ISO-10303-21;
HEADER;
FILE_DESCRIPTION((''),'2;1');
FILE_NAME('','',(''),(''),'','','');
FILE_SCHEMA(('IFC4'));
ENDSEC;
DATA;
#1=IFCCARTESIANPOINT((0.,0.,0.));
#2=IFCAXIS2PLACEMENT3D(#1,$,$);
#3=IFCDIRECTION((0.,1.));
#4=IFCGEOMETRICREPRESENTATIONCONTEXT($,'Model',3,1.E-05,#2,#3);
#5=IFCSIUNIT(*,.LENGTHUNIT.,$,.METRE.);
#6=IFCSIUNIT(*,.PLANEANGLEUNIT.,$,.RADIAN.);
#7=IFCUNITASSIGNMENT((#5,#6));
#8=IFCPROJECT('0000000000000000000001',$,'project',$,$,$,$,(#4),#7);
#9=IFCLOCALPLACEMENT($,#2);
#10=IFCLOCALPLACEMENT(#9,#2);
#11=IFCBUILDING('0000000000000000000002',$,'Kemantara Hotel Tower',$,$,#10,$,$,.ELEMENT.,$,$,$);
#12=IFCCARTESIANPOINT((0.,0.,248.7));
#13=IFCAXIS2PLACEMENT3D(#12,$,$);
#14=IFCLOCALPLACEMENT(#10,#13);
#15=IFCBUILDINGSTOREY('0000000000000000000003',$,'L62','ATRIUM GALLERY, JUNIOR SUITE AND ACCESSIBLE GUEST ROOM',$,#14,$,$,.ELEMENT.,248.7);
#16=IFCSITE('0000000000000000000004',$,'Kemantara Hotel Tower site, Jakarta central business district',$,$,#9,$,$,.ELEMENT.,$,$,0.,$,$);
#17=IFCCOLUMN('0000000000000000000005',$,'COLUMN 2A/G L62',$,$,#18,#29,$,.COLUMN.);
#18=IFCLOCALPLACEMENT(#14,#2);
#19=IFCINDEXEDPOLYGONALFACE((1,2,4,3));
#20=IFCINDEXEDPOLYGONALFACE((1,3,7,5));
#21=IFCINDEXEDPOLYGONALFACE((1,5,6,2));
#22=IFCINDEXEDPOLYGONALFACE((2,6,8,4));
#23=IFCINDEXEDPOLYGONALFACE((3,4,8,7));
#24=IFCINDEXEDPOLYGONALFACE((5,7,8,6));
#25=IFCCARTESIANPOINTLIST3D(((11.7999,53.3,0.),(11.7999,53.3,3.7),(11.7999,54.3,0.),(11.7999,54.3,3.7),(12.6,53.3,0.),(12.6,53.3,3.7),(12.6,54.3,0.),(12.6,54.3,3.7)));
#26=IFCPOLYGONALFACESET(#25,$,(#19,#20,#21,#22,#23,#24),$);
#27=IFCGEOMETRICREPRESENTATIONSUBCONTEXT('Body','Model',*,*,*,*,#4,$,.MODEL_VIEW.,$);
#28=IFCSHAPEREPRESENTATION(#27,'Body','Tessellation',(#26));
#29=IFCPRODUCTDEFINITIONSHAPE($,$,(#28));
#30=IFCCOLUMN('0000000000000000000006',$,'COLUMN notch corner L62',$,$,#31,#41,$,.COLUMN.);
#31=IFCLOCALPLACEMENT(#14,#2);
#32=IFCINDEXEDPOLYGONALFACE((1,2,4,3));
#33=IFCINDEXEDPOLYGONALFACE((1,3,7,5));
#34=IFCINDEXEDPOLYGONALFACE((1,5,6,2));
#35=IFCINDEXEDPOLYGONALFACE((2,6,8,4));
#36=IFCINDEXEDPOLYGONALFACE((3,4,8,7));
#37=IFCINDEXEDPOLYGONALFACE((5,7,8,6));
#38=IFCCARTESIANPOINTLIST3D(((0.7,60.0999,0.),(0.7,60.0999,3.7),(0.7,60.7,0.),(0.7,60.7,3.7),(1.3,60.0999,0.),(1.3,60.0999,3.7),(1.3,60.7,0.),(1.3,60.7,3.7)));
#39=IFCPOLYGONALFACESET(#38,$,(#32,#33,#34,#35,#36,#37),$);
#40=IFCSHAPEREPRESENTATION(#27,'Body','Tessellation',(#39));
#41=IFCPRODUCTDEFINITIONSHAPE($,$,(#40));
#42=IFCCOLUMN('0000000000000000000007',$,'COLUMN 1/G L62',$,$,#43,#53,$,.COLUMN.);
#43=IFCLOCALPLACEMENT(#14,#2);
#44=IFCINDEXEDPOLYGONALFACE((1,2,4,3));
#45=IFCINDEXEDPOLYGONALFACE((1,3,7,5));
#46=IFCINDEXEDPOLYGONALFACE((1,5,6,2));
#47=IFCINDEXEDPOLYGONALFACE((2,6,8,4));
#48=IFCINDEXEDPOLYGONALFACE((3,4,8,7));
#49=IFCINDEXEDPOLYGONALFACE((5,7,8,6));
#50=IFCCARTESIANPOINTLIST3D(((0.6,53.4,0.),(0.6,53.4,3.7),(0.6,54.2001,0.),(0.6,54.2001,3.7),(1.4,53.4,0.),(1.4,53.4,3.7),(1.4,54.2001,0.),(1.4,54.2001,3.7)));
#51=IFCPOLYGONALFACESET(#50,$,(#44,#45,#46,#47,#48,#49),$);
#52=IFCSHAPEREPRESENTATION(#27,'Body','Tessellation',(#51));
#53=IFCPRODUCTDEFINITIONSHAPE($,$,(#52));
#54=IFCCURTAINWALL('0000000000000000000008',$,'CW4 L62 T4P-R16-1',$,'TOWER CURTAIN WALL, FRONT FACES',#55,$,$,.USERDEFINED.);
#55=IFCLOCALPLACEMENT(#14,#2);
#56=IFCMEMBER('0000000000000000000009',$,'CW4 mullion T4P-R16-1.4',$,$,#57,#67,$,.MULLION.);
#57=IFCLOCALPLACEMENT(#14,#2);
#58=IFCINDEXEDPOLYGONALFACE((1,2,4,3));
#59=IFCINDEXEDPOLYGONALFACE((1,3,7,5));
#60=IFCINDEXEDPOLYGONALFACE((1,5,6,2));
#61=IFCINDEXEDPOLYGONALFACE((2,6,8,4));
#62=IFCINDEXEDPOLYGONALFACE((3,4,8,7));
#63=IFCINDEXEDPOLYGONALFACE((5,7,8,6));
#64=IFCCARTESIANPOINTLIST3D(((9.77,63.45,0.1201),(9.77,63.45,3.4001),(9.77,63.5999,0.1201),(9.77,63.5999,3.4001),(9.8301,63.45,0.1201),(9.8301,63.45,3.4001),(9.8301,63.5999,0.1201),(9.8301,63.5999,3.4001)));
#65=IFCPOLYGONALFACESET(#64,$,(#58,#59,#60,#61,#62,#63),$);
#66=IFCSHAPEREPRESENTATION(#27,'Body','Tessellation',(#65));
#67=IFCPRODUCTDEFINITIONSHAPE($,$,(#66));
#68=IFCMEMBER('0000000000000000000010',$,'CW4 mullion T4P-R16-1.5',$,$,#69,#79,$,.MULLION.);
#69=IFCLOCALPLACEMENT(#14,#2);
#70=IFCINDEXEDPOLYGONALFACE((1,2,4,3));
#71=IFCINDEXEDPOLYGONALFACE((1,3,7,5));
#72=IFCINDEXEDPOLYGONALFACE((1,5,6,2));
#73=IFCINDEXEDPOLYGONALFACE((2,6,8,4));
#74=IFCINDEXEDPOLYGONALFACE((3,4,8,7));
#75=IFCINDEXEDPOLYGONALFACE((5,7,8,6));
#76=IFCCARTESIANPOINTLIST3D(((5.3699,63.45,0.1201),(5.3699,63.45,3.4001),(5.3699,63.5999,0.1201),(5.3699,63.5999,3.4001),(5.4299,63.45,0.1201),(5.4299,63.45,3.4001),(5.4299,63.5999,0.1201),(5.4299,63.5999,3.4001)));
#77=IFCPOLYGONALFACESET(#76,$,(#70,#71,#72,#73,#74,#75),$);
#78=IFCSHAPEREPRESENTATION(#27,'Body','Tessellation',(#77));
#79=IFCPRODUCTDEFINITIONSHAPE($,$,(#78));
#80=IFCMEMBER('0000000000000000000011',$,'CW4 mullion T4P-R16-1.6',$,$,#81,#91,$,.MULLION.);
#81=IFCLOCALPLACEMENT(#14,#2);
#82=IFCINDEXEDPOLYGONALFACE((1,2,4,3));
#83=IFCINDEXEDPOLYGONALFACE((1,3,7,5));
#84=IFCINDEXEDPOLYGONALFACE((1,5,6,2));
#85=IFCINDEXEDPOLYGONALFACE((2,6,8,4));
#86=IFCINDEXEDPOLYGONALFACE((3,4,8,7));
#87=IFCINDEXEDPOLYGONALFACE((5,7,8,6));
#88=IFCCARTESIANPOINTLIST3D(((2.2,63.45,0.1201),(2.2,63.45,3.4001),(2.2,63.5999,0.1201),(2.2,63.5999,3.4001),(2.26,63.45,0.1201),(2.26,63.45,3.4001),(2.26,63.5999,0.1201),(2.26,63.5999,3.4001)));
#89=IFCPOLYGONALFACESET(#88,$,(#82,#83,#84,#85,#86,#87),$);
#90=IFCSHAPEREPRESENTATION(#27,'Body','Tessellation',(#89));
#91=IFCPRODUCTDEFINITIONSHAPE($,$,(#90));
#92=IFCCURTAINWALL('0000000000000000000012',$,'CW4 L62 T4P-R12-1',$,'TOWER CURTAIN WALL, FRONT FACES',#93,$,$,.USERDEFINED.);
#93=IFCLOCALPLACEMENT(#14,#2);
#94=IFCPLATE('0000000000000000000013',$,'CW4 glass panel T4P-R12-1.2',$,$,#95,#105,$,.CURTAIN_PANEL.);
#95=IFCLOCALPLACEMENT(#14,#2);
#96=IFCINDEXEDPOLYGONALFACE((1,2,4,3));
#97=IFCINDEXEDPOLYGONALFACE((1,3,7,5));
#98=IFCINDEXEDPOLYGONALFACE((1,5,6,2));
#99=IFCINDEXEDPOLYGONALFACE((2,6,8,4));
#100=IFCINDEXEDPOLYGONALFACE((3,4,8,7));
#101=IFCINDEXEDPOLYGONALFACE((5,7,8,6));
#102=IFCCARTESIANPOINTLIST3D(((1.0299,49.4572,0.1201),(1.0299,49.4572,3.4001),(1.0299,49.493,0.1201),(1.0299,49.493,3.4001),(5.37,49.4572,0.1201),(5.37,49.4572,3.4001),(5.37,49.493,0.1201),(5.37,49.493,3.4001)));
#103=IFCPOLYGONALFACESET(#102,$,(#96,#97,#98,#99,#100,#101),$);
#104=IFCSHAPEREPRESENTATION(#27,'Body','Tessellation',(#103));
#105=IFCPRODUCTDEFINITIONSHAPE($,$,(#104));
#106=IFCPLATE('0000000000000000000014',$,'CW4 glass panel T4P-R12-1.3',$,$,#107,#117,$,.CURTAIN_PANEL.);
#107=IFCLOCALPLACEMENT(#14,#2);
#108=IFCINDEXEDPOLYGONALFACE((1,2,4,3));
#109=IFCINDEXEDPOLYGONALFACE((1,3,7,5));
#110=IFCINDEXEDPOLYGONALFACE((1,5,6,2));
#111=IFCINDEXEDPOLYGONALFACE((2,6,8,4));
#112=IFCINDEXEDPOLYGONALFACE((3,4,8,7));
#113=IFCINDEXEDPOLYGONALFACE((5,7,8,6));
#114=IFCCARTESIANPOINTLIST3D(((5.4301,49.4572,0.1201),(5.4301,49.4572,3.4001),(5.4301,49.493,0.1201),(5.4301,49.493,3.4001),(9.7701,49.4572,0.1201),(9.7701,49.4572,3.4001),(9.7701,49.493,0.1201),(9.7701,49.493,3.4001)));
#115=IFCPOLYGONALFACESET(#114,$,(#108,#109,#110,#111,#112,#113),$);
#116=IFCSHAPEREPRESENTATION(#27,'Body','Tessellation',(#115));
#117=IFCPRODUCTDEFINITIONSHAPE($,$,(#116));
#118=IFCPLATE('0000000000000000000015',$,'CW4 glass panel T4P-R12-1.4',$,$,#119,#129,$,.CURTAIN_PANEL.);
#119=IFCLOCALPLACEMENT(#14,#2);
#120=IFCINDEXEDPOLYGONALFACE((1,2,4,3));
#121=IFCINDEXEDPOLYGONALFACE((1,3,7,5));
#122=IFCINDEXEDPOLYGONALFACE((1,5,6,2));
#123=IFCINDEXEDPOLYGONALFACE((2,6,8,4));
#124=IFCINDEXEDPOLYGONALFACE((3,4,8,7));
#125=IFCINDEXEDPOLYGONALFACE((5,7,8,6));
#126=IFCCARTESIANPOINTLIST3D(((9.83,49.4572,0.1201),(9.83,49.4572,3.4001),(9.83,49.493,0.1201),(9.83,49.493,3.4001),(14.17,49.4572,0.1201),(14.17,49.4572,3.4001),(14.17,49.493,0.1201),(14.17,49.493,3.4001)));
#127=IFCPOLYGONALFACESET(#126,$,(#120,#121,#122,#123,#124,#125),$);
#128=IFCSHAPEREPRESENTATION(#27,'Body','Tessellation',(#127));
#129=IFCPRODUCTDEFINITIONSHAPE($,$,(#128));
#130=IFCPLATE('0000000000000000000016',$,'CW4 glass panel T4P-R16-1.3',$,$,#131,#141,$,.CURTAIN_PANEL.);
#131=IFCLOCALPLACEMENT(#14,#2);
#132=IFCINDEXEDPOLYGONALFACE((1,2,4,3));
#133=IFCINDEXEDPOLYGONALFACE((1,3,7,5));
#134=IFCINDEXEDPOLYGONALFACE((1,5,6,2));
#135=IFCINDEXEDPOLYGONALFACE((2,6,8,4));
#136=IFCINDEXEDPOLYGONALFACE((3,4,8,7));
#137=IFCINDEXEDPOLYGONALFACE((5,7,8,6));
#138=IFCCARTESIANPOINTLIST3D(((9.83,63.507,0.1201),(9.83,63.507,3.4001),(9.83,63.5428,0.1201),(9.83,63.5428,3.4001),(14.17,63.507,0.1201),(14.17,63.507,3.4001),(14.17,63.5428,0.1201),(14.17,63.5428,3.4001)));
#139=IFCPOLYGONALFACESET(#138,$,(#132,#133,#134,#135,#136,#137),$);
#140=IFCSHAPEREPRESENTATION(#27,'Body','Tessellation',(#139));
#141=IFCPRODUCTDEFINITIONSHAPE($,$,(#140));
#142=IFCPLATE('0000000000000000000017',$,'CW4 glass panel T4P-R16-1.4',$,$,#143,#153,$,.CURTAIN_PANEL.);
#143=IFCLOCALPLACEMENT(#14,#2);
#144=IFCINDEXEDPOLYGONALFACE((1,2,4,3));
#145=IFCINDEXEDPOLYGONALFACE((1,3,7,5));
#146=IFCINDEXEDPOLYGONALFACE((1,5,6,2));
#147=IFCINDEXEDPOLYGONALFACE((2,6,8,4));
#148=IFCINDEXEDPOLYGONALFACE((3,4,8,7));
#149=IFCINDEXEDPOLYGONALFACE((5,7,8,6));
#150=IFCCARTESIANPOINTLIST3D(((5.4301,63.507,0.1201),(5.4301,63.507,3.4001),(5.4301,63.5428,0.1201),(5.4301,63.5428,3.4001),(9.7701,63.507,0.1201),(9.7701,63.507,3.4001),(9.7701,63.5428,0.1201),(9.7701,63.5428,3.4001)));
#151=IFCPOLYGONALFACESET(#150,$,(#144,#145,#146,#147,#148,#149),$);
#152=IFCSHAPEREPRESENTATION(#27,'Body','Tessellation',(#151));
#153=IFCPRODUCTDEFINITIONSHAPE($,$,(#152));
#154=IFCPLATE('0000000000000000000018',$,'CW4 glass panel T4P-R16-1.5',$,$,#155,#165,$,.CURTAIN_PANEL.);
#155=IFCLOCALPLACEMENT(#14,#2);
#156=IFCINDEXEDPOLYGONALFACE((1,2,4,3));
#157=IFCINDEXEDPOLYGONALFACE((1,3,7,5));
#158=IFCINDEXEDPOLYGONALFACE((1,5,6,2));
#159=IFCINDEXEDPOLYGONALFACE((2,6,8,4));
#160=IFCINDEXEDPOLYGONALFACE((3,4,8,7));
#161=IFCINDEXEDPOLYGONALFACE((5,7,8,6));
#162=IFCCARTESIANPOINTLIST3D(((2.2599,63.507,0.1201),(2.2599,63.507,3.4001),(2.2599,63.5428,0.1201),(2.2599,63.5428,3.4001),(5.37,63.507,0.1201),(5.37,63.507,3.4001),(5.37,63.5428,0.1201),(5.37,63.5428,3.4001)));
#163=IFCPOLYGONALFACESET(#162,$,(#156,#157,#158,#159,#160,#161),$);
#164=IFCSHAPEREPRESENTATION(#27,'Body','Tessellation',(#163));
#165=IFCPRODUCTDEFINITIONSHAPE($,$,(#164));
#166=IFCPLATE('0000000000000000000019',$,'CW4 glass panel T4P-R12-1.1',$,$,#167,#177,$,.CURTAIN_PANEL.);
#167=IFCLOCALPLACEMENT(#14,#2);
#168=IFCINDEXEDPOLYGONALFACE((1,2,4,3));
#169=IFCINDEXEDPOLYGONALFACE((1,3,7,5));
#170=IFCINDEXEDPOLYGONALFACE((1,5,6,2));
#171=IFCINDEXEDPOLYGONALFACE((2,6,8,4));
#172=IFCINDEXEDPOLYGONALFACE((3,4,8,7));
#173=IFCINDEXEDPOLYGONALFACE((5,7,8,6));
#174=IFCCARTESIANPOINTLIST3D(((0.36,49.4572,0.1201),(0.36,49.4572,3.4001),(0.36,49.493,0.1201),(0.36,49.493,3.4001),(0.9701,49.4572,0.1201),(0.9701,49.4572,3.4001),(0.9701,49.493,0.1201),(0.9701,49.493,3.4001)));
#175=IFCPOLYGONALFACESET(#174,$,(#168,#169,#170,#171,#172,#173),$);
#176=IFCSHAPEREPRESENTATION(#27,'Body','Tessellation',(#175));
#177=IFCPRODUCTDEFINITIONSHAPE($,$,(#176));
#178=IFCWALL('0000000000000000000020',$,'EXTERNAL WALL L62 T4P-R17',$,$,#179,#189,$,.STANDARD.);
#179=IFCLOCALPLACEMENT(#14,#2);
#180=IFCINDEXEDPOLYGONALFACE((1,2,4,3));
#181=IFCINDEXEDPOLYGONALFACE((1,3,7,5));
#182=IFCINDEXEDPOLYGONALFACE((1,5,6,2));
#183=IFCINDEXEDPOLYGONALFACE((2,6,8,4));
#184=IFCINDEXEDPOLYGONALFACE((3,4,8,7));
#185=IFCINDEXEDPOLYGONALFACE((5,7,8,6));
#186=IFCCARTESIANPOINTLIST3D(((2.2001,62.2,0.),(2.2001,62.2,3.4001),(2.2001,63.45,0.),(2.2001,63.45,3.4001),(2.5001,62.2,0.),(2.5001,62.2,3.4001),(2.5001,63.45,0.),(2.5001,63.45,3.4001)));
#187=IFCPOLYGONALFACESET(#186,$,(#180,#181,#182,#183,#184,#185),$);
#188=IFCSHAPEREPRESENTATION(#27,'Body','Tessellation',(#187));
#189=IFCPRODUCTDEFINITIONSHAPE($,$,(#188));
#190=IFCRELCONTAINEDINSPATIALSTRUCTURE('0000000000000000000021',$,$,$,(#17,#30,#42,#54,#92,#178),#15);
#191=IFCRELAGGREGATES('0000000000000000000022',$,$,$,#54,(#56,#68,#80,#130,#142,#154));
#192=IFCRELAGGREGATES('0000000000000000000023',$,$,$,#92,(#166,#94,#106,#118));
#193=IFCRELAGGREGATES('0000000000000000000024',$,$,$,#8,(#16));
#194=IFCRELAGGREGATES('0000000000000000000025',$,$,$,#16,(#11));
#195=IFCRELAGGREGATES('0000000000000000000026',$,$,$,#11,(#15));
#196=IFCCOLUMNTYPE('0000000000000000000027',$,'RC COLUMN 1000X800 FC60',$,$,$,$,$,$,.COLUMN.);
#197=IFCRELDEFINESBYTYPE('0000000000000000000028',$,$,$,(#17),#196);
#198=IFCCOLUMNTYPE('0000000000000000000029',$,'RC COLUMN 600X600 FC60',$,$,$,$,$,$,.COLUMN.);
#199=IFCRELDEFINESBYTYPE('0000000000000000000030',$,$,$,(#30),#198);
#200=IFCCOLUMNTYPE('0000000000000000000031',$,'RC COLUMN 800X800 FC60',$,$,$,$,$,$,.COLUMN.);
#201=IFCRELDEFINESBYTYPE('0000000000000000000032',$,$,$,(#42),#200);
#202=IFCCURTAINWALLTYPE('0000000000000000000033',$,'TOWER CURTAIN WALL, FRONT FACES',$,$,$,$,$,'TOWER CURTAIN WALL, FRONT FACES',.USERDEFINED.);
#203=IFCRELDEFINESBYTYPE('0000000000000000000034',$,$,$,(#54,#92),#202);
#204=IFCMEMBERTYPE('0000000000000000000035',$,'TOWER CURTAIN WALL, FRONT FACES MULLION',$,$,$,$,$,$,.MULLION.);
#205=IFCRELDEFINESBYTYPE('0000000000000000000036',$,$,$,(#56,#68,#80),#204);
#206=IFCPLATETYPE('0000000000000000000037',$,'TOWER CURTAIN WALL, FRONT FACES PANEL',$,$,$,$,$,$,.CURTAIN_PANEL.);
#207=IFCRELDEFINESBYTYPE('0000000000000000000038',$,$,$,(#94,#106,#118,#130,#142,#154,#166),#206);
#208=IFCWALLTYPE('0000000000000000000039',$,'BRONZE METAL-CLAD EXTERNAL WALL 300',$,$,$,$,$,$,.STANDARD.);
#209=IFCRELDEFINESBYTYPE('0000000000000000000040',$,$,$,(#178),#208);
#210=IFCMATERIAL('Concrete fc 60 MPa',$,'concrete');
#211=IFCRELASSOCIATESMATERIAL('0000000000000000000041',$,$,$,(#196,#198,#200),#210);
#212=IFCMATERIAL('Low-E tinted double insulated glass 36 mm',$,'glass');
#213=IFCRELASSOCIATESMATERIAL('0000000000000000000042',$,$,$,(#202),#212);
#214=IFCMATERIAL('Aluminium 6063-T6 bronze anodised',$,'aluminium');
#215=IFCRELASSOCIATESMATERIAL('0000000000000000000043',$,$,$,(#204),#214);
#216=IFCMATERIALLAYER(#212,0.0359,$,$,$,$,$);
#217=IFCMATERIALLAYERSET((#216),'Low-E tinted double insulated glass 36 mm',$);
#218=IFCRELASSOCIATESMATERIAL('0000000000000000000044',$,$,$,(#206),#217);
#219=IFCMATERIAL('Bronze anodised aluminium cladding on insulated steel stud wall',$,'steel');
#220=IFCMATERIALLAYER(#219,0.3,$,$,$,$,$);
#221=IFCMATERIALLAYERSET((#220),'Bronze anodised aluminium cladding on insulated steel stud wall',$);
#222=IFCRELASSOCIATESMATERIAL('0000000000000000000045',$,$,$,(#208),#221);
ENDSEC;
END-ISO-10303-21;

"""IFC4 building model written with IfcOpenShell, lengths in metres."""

from ifc_helpers import new_model, si_unit, direction, frame, frame_2d, origin, origin_2d, place, context, subcontext, project, spatial, rectangle, extrude, source, transform, mapped, material, layer, layer_set, material_profile, profile_set, type_object, element, aggregate, save


model = new_model("IFC4")

# Units and contexts
model_context = context("Model", 3, precision=1e-05, world=origin(), true_north=direction((0.0, 1.0)))
body_context = subcontext(model_context, "Body", "Model", "MODEL_VIEW")
ifc_project = project(units=[si_unit("LENGTHUNIT", "METRE"), si_unit("PLANEANGLEUNIT", "RADIAN")], contexts=[model_context])

# Site, building, storey
site_placement = place(None, origin())
site = spatial("IfcSite", under=ifc_project, at=site_placement, Name="Kemantara Hotel Tower site, Jakarta central business district", CompositionType="ELEMENT", RefElevation=0.0)
building_placement = place(site_placement, origin())
building = spatial("IfcBuilding", under=site, at=building_placement, Name="Kemantara Hotel Tower", CompositionType="ELEMENT")
storey_placement = place(building_placement, frame((0.0, 0.0, 248.7)))
storey = spatial("IfcBuildingStorey", under=building, at=storey_placement, Name="L62", Description="ATRIUM GALLERY, JUNIOR SUITE AND ACCESSIBLE GUEST ROOM", CompositionType="ELEMENT", Elevation=248.7)

# Columns
ifc_material_1 = material(Name="Concrete fc 60 MPa", Category="concrete")
ifc_material_profile_1 = material_profile(ifc_material_1, rectangle(XDim=1.0, YDim=0.8, at=origin_2d()), Name="RC 1000X800")
ifc_profile_set_1 = profile_set([ifc_material_profile_1], Name="Concrete fc 60 MPa")
column_type_1 = type_object("IfcColumnType", Name="RC COLUMN 1000X800 FC60", PredefinedType="COLUMN", material=ifc_profile_set_1)
column_1_placement = place(storey_placement, frame((12.2, 53.8, 0.0), z_axis=(0.0, 0.0, 1.0), x_axis=(0.0, 1.0, 0.0)))
element("IfcColumn", 1, at=column_1_placement, inside=storey, type_object=column_type_1, Name="COLUMN 2A/G L62", PredefinedType="COLUMN", context=body_context, shape_type="SweptSolid", body=[
    extrude(rectangle(XDim=1.0, YDim=0.8, at=origin_2d()), origin(), (0.0, 0.0, 1.0), 3.7),
])
ifc_material_profile_2 = material_profile(ifc_material_1, rectangle(XDim=0.6001, YDim=0.6001, at=origin_2d()), Name="RC 600X600")
ifc_profile_set_2 = profile_set([ifc_material_profile_2], Name="Concrete fc 60 MPa")
column_type_2 = type_object("IfcColumnType", Name="RC COLUMN 600X600 FC60", PredefinedType="COLUMN", material=ifc_profile_set_2)
column_2_placement = place(storey_placement, frame((1.0, 60.3999, 0.0), z_axis=(0.0, 0.0, 1.0), x_axis=(1.0, 0.0, 0.0)))
element("IfcColumn", 2, at=column_2_placement, inside=storey, type_object=column_type_2, Name="COLUMN notch corner L62", PredefinedType="COLUMN", context=body_context, shape_type="SweptSolid", body=[
    extrude(rectangle(XDim=0.6001, YDim=0.6001, at=origin_2d()), origin(), (0.0, 0.0, 1.0), 3.7),
])
ifc_material_profile_3 = material_profile(ifc_material_1, rectangle(XDim=0.8, YDim=0.8, at=origin_2d()), Name="RC 800X800")
ifc_profile_set_3 = profile_set([ifc_material_profile_3], Name="Concrete fc 60 MPa")
column_type_3 = type_object("IfcColumnType", Name="RC COLUMN 800X800 FC60", PredefinedType="COLUMN", material=ifc_profile_set_3)
column_3_placement = place(storey_placement, frame((1.0, 53.8, 0.0), z_axis=(0.0, 0.0, 1.0), x_axis=(1.0, 0.0, 0.0)))
element("IfcColumn", 3, at=column_3_placement, inside=storey, type_object=column_type_3, Name="COLUMN 1/G L62", PredefinedType="COLUMN", context=body_context, shape_type="SweptSolid", body=[
    extrude(rectangle(XDim=0.8, YDim=0.8, at=origin_2d()), origin(), (0.0, 0.0, 1.0), 3.7),
])

# Curtain wall, members
ifc_material_2 = material(Name="Low-E tinted double insulated glass 36 mm", Category="glass")
curtain_wall_type = type_object("IfcCurtainWallType", Name="TOWER CURTAIN WALL, FRONT FACES", ElementType="TOWER CURTAIN WALL, FRONT FACES", PredefinedType="USERDEFINED", material=ifc_material_2)
curtain_wall_1_placement = place(storey_placement, origin())
curtain_wall_1 = element("IfcCurtainWall", 4, at=curtain_wall_1_placement, inside=storey, type_object=curtain_wall_type, Name="CW4 L62 T4P-R16-1", ObjectType="TOWER CURTAIN WALL, FRONT FACES", PredefinedType="USERDEFINED")
ifc_material_3 = material(Name="Aluminium 6063-T6 bronze anodised", Category="aluminium")
ifc_material_profile_4 = material_profile(ifc_material_3, rectangle(XDim=0.1499, YDim=0.0601, at=origin_2d()), Name="TOWER CURTAIN WALL, FRONT FACES MULLION")
ifc_profile_set_4 = profile_set([ifc_material_profile_4], Name="Aluminium 6063-T6 bronze anodised")
member_type = type_object("IfcMemberType", Name="TOWER CURTAIN WALL, FRONT FACES MULLION", PredefinedType="MULLION", material=ifc_profile_set_4)
shared_shape_1 = source(origin(), body_context, "Body", "SweptSolid", [
    extrude(rectangle(XDim=0.1499, YDim=0.0601, at=origin_2d()), origin(), (0.0, 0.0, 1.0), 3.28),
])
member_1_placement = place(storey_placement, frame((9.8, 63.5249, 0.1201), z_axis=(0.0, 0.0, 1.0), x_axis=(0.0, -1.0, 0.0)))
member_1 = element("IfcMember", 5, at=member_1_placement, type_object=member_type, Name="CW4 mullion T4P-R16-1.4", PredefinedType="MULLION", context=body_context, shape_type="MappedRepresentation", body=[
    mapped(shared_shape_1, transform((0.0, 0.0, 0.0))),
])
member_2_placement = place(storey_placement, frame((5.3999, 63.5249, 0.1201), z_axis=(0.0, 0.0, 1.0), x_axis=(0.0, -1.0, 0.0)))
member_2 = element("IfcMember", 6, at=member_2_placement, type_object=member_type, Name="CW4 mullion T4P-R16-1.5", PredefinedType="MULLION", context=body_context, shape_type="MappedRepresentation", body=[
    mapped(shared_shape_1, transform((0.0, 0.0, 0.0))),
])
member_3_placement = place(storey_placement, frame((2.23, 63.5249, 0.1201), z_axis=(0.0, 0.0, 1.0), x_axis=(0.0, -1.0, 0.0)))
member_3 = element("IfcMember", 7, at=member_3_placement, type_object=member_type, Name="CW4 mullion T4P-R16-1.6", PredefinedType="MULLION", context=body_context, shape_type="MappedRepresentation", body=[
    mapped(shared_shape_1, transform((0.0, 0.0, 0.0))),
])

# Curtain wall, plates
curtain_wall_2_placement = place(storey_placement, origin())
curtain_wall_2 = element("IfcCurtainWall", 8, at=curtain_wall_2_placement, inside=storey, type_object=curtain_wall_type, Name="CW4 L62 T4P-R12-1", ObjectType="TOWER CURTAIN WALL, FRONT FACES", PredefinedType="USERDEFINED")
ifc_layer_1 = layer(ifc_material_2, 0.0359)
ifc_layer_set_1 = layer_set([ifc_layer_1], Name="Low-E tinted double insulated glass 36 mm")
plate_type = type_object("IfcPlateType", Name="TOWER CURTAIN WALL, FRONT FACES PANEL", PredefinedType="CURTAIN_PANEL", material=ifc_layer_set_1)
shared_shape_2 = source(origin(), body_context, "Body", "SweptSolid", [
    extrude(rectangle(XDim=4.3401, YDim=0.0359, at=origin_2d()), origin(), (0.0, 0.0, 1.0), 3.28),
])
plate_1_placement = place(storey_placement, frame((3.2, 49.4751, 0.1201), z_axis=(0.0, 0.0, 1.0), x_axis=(1.0, 0.0, 0.0)))
plate_1 = element("IfcPlate", 9, at=plate_1_placement, type_object=plate_type, Name="CW4 glass panel T4P-R12-1.2", PredefinedType="CURTAIN_PANEL", context=body_context, shape_type="MappedRepresentation", body=[
    mapped(shared_shape_2, transform((0.0, 0.0, 0.0))),
])
plate_2_placement = place(storey_placement, frame((7.6001, 49.4751, 0.1201), z_axis=(0.0, 0.0, 1.0), x_axis=(1.0, 0.0, 0.0)))
plate_2 = element("IfcPlate", 10, at=plate_2_placement, type_object=plate_type, Name="CW4 glass panel T4P-R12-1.3", PredefinedType="CURTAIN_PANEL", context=body_context, shape_type="MappedRepresentation", body=[
    mapped(shared_shape_2, transform((0.0, 0.0, 0.0))),
])
plate_3_placement = place(storey_placement, frame((12.0, 49.4751, 0.1201), z_axis=(0.0, 0.0, 1.0), x_axis=(1.0, 0.0, 0.0)))
plate_3 = element("IfcPlate", 11, at=plate_3_placement, type_object=plate_type, Name="CW4 glass panel T4P-R12-1.4", PredefinedType="CURTAIN_PANEL", context=body_context, shape_type="MappedRepresentation", body=[
    mapped(shared_shape_2, transform((0.0, 0.0, 0.0))),
])

# Plates
plate_4_placement = place(storey_placement, frame((12.0, 63.5249, 0.1201), z_axis=(0.0, 0.0, 1.0), x_axis=(-1.0, 0.0, 0.0)))
plate_4 = element("IfcPlate", 12, at=plate_4_placement, type_object=plate_type, Name="CW4 glass panel T4P-R16-1.3", PredefinedType="CURTAIN_PANEL", context=body_context, shape_type="MappedRepresentation", body=[
    mapped(shared_shape_2, transform((0.0, 0.0, 0.0))),
])
plate_5_placement = place(storey_placement, frame((7.6001, 63.5249, 0.1201), z_axis=(0.0, 0.0, 1.0), x_axis=(-1.0, 0.0, 0.0)))
plate_5 = element("IfcPlate", 13, at=plate_5_placement, type_object=plate_type, Name="CW4 glass panel T4P-R16-1.4", PredefinedType="CURTAIN_PANEL", context=body_context, shape_type="MappedRepresentation", body=[
    mapped(shared_shape_2, transform((0.0, 0.0, 0.0))),
])
shared_shape_3 = source(origin(), body_context, "Body", "SweptSolid", [
    extrude(rectangle(XDim=3.1101, YDim=0.0359, at=origin_2d()), origin(), (0.0, 0.0, 1.0), 3.28),
])
plate_6_placement = place(storey_placement, frame((3.8149, 63.5249, 0.1201), z_axis=(0.0, 0.0, 1.0), x_axis=(-1.0, 0.0, 0.0)))
plate_6 = element("IfcPlate", 14, at=plate_6_placement, type_object=plate_type, Name="CW4 glass panel T4P-R16-1.5", PredefinedType="CURTAIN_PANEL", context=body_context, shape_type="MappedRepresentation", body=[
    mapped(shared_shape_3, transform((0.0, 0.0, 0.0))),
])
aggregate(curtain_wall_1, [member_1, member_2, member_3, plate_4, plate_5, plate_6])
shared_shape_4 = source(origin(), body_context, "Body", "SweptSolid", [
    extrude(rectangle(XDim=0.6101, YDim=0.0359, at=origin_2d()), origin(), (0.0, 0.0, 1.0), 3.28),
])
plate_7_placement = place(storey_placement, frame((0.665, 49.4751, 0.1201), z_axis=(0.0, 0.0, 1.0), x_axis=(1.0, 0.0, 0.0)))
plate_7 = element("IfcPlate", 15, at=plate_7_placement, type_object=plate_type, Name="CW4 glass panel T4P-R12-1.1", PredefinedType="CURTAIN_PANEL", context=body_context, shape_type="MappedRepresentation", body=[
    mapped(shared_shape_4, transform((0.0, 0.0, 0.0))),
])
aggregate(curtain_wall_2, [plate_7, plate_1, plate_2, plate_3])

# Wall
ifc_material_4 = material(Name="Bronze anodised aluminium cladding on insulated steel stud wall", Category="steel")
ifc_layer_2 = layer(ifc_material_4, 0.3)
ifc_layer_set_2 = layer_set([ifc_layer_2], Name="Bronze anodised aluminium cladding on insulated steel stud wall")
wall_type_1 = type_object("IfcWallType", Name="BRONZE METAL-CLAD EXTERNAL WALL 300", PredefinedType="STANDARD", material=ifc_layer_set_2)
wall_1_placement = place(storey_placement, frame((2.3501, 63.45, 0.0), z_axis=(0.0, 0.0, 1.0), x_axis=(0.0, -1.0, 0.0)))
element("IfcWall", 16, at=wall_1_placement, inside=storey, type_object=wall_type_1, Name="EXTERNAL WALL L62 T4P-R17", PredefinedType="STANDARD", context=body_context, shape_type="SweptSolid", body=[
    extrude(rectangle(XDim=1.25, YDim=0.3, at=frame_2d((0.625, 0.0))), origin(), (0.0, 0.0, 1.0), 3.4001),
])

save(model, "model.ifc")
